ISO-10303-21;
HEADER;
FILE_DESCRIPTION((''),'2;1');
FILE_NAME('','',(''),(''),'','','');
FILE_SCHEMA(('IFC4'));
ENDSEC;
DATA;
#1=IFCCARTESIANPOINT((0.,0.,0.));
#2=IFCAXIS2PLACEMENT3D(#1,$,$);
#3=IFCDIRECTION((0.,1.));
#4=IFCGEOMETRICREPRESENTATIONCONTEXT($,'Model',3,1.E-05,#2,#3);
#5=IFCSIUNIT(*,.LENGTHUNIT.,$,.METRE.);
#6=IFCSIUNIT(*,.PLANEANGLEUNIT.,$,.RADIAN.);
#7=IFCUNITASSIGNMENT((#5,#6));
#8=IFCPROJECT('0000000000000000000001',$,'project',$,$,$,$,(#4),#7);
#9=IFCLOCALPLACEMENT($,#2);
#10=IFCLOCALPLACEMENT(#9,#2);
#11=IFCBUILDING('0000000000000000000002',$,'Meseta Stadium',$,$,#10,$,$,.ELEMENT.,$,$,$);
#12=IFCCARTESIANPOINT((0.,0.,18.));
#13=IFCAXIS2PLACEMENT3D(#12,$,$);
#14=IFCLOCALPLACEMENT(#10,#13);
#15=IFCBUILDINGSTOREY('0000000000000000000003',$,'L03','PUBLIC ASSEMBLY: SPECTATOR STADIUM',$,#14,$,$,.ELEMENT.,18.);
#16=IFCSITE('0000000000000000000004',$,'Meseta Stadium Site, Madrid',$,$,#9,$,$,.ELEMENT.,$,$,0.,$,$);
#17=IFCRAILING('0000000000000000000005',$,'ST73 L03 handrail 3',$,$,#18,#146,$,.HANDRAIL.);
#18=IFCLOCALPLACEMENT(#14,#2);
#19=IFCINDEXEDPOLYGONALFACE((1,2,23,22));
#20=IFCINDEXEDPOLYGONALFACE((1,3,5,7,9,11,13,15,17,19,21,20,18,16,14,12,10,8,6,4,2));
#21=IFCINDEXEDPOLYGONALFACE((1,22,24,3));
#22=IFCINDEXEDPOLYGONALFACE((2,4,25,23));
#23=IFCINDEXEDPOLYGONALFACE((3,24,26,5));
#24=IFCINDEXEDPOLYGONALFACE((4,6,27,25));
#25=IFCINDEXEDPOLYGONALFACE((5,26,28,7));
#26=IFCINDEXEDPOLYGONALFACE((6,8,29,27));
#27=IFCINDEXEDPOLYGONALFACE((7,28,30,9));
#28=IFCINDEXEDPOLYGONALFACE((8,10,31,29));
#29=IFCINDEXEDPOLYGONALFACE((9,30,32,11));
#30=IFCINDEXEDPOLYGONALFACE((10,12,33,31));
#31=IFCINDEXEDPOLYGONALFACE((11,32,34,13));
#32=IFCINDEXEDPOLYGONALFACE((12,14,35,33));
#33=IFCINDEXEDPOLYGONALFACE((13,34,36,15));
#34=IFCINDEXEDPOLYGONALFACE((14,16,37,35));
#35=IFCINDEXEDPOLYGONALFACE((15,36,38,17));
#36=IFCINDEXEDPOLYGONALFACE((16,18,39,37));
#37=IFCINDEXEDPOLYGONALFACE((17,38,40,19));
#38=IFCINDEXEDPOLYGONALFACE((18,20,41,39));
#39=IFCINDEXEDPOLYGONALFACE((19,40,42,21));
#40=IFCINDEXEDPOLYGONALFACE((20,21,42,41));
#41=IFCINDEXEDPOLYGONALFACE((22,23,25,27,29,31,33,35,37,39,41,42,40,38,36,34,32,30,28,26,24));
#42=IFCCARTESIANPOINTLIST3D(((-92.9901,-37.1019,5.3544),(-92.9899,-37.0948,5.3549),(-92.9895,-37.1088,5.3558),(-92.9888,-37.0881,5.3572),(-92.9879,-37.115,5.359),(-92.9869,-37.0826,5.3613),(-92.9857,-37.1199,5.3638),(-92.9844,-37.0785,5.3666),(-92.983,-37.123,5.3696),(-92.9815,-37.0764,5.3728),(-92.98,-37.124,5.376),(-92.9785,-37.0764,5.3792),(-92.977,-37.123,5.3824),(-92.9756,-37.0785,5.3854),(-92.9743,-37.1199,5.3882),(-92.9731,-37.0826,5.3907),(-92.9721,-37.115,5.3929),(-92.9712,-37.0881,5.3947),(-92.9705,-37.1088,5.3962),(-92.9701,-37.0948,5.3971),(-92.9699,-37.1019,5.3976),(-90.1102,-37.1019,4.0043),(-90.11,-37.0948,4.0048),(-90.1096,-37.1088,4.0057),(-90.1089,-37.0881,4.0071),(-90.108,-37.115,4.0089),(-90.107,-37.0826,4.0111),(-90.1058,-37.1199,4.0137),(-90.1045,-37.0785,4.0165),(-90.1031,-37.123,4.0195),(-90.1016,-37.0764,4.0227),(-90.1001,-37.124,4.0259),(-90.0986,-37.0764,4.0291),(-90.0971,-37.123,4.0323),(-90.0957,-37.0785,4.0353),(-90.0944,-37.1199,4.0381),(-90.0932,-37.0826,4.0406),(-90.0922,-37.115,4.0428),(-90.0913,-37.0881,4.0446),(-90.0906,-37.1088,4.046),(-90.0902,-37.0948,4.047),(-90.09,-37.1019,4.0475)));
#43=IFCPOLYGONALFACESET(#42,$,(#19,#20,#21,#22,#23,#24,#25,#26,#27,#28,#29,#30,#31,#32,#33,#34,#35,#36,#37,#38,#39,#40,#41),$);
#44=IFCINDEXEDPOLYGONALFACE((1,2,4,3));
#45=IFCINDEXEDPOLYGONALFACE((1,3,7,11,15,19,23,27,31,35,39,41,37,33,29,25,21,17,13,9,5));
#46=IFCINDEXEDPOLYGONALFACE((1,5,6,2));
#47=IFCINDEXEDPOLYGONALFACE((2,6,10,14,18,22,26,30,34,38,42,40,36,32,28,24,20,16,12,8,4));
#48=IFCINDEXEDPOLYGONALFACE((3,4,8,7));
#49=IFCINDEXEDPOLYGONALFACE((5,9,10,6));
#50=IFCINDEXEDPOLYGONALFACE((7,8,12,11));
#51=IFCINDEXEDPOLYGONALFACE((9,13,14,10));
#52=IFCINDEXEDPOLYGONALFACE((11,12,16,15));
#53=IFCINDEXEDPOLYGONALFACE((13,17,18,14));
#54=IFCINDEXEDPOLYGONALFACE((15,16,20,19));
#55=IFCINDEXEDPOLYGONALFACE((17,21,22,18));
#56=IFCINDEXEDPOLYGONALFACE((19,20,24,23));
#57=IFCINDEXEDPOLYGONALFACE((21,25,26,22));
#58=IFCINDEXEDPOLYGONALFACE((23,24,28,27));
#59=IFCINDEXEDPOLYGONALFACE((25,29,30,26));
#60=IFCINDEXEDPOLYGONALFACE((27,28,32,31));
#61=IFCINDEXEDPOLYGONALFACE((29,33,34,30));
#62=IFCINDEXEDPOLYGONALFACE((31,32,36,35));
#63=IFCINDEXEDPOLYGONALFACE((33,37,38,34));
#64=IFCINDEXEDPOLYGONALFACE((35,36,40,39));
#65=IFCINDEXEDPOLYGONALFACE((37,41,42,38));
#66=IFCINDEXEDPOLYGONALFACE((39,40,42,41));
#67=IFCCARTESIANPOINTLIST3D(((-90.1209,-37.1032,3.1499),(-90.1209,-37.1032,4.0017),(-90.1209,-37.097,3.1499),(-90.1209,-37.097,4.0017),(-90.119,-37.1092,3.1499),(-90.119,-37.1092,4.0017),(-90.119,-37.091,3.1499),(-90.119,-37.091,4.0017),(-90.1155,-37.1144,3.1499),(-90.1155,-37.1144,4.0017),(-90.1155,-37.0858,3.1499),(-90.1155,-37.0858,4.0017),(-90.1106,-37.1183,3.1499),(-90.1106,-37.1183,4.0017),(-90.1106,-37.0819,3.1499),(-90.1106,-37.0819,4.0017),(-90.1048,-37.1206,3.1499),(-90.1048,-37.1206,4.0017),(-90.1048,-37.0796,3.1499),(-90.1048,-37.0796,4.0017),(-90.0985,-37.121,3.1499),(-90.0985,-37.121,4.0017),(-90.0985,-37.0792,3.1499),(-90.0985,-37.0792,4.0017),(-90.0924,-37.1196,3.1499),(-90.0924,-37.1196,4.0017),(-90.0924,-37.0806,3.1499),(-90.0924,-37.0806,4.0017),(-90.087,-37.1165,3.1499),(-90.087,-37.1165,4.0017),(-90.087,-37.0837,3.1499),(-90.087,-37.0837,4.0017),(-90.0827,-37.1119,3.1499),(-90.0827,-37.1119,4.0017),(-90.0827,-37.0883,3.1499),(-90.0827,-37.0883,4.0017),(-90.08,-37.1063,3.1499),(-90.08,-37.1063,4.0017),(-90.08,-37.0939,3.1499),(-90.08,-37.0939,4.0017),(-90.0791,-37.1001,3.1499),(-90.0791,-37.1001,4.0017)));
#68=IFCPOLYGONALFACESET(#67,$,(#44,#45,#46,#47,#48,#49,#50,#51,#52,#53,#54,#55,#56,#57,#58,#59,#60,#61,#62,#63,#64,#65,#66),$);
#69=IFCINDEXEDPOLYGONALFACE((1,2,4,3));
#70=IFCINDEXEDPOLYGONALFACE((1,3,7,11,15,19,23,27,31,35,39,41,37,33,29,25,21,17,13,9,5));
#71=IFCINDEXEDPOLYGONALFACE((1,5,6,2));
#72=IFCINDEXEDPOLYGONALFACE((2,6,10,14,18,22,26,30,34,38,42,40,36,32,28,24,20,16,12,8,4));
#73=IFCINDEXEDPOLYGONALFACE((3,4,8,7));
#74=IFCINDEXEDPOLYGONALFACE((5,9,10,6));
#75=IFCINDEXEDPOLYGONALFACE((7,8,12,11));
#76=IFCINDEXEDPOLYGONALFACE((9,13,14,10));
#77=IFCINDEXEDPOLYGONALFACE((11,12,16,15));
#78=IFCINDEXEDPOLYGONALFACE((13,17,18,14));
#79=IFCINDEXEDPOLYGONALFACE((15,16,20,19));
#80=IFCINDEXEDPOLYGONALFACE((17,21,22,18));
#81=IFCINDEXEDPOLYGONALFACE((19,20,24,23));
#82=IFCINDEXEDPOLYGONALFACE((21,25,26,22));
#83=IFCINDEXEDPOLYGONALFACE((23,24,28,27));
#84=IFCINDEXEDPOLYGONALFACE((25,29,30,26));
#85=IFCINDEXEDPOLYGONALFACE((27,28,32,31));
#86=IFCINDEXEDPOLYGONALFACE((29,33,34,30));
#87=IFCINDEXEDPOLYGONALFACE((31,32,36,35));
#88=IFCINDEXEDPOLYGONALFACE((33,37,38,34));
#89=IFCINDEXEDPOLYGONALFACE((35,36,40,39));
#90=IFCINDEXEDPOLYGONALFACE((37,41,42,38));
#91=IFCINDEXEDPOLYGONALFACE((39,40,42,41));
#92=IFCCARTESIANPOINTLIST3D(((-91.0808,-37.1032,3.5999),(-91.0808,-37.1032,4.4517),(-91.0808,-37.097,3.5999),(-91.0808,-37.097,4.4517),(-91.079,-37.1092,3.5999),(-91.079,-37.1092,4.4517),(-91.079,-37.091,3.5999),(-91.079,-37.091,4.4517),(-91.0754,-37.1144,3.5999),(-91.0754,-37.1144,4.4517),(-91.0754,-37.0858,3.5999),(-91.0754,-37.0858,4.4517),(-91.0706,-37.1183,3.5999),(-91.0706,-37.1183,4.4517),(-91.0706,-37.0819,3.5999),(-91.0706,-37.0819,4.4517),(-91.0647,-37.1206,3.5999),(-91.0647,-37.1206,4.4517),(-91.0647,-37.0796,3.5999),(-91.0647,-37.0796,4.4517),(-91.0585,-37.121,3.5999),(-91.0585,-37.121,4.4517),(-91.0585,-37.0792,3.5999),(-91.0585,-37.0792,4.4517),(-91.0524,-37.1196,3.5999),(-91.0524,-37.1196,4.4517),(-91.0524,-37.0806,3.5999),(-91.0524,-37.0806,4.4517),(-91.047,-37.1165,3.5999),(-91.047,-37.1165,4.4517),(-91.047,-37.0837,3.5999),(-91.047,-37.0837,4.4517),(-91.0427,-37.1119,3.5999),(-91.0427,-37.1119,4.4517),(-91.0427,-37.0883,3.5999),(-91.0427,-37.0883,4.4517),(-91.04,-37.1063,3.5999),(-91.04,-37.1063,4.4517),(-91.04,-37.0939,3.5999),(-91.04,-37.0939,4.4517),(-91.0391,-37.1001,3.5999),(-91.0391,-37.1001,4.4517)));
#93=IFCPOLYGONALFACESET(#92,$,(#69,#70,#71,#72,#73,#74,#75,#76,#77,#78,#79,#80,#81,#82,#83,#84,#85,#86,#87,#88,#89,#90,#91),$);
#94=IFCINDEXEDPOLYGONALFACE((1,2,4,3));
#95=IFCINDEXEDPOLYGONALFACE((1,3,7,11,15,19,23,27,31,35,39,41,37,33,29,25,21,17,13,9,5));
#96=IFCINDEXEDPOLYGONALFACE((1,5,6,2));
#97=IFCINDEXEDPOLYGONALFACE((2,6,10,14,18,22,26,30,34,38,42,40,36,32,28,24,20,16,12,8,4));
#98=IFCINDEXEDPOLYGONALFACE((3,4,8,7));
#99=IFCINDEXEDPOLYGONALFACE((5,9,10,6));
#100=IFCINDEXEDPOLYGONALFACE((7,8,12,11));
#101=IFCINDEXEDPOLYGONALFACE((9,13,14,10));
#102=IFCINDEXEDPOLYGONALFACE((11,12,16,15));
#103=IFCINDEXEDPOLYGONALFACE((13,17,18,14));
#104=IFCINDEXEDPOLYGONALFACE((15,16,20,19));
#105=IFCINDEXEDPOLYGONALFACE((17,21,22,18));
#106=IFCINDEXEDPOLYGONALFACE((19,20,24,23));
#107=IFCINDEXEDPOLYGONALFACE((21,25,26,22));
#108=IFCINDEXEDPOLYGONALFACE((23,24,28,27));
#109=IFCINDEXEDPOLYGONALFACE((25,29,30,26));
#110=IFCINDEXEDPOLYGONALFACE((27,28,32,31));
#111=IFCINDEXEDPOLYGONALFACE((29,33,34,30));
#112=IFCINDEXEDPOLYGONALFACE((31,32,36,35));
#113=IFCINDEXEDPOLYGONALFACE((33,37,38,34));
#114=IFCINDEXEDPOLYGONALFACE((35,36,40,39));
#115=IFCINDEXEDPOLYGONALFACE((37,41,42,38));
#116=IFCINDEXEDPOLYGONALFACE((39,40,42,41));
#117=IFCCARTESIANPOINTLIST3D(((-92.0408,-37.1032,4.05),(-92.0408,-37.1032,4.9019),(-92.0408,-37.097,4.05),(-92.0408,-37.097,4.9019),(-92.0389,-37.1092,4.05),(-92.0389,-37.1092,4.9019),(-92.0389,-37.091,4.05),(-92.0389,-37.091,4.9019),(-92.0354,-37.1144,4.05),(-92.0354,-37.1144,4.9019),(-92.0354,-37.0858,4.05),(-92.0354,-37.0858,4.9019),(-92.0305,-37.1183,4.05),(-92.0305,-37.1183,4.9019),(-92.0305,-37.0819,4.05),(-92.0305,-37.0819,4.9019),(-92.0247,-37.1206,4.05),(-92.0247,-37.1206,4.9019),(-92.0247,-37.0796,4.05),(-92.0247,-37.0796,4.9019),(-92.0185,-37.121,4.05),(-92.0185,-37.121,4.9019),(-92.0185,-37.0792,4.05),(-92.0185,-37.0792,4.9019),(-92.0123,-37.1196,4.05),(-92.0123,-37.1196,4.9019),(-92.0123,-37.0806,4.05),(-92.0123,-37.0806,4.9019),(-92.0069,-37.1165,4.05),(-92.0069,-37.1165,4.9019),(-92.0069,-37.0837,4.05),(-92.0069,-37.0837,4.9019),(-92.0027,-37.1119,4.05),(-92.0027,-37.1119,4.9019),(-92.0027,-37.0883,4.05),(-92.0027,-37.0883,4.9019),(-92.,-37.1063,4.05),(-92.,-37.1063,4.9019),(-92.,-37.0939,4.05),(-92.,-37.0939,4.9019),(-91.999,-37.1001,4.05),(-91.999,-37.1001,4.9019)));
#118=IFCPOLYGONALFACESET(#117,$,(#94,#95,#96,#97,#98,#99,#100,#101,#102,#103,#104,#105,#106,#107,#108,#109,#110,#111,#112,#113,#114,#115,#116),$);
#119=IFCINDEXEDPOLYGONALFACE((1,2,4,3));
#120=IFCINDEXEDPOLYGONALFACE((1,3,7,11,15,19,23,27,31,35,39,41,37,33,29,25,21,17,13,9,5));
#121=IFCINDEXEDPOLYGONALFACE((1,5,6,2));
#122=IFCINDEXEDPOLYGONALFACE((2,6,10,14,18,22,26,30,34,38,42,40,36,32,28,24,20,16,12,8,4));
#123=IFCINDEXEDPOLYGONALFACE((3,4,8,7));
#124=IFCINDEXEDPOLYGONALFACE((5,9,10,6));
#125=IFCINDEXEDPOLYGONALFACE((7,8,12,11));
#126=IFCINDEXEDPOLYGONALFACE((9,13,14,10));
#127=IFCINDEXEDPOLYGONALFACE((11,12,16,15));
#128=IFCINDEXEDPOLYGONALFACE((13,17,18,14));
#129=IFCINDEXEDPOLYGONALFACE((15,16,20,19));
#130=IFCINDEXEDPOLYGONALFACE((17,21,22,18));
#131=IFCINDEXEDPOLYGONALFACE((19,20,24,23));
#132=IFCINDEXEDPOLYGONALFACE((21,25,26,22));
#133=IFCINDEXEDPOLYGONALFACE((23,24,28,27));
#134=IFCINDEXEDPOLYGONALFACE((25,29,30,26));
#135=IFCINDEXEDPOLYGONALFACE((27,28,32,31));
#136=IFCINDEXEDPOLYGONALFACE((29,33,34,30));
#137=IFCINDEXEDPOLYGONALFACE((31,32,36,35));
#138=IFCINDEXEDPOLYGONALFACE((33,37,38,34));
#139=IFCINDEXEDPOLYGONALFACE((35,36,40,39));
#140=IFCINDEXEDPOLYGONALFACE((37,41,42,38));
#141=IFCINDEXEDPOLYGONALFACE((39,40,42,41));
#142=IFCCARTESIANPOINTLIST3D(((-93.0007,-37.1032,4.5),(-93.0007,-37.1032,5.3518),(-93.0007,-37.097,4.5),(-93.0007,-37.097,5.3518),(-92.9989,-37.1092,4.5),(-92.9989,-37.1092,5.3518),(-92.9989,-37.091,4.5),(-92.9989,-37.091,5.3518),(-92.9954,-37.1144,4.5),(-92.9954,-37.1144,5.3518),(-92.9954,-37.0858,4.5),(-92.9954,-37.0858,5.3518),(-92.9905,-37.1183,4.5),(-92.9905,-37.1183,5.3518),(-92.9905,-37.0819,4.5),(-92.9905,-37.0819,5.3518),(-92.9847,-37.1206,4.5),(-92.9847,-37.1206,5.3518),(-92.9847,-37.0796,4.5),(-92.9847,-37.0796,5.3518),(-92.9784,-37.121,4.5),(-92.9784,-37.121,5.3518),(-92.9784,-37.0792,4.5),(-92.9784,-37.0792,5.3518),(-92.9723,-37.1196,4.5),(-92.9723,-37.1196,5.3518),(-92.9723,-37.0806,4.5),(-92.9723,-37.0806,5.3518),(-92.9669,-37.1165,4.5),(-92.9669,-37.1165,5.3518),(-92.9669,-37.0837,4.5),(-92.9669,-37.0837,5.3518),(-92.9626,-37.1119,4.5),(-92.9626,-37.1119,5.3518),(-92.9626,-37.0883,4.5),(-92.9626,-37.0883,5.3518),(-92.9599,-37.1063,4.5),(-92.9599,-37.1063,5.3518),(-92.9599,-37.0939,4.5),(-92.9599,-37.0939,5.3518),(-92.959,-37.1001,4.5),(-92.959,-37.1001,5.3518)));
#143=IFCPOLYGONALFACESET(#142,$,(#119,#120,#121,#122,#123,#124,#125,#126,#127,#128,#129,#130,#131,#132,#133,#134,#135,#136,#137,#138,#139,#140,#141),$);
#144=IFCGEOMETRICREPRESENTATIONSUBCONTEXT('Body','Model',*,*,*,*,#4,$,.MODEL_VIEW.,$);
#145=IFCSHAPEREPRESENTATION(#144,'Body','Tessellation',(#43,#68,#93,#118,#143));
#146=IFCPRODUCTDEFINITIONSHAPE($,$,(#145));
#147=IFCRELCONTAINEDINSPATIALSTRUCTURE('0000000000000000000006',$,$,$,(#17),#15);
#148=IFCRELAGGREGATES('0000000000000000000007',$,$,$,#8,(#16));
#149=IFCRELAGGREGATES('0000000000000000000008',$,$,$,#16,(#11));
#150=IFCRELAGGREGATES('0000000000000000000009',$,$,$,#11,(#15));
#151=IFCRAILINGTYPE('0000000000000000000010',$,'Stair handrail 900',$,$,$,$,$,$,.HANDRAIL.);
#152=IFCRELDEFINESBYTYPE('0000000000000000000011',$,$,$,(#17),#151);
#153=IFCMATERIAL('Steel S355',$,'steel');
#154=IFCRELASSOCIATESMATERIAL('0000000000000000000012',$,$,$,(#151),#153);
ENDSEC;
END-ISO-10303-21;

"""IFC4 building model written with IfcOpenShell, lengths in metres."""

from ifc_helpers import new_model, si_unit, direction, frame, origin, origin_2d, place, context, subcontext, project, spatial, circle, extrude, material, type_object, element, save


model = new_model("IFC4")

# Units and contexts
model_context = context("Model", 3, precision=1e-05, world=origin(), true_north=direction((0.0, 1.0)))
body_context = subcontext(model_context, "Body", "Model", "MODEL_VIEW")
ifc_project = project(units=[si_unit("LENGTHUNIT", "METRE"), si_unit("PLANEANGLEUNIT", "RADIAN")], contexts=[model_context])

# Site, building, storey
site_placement = place(None, origin())
site = spatial("IfcSite", under=ifc_project, at=site_placement, Name="Meseta Stadium Site, Madrid", CompositionType="ELEMENT", RefElevation=0.0)
building_placement = place(site_placement, origin())
building = spatial("IfcBuilding", under=site, at=building_placement, Name="Meseta Stadium", CompositionType="ELEMENT")
storey_placement = place(building_placement, frame((0.0, 0.0, 18.0)))
storey = spatial("IfcBuildingStorey", under=building, at=storey_placement, Name="L03", Description="PUBLIC ASSEMBLY: SPECTATOR STADIUM", CompositionType="ELEMENT", Elevation=18.0)

# Railing
ifc_material_1 = material(Name="Steel S355", Category="steel")
railing_type_1 = type_object("IfcRailingType", Name="Stair handrail 900", PredefinedType="HANDRAIL", material=ifc_material_1)
for number, where, name in (
    (1, (-90.1001, -37.1001, 3.1499), "ST73 L03 handrail 3"),
):
    element("IfcRailing", number, at=place(storey_placement, frame(where)), inside=storey, type_object=railing_type_1, Name=name, PredefinedType="HANDRAIL", context=body_context, shape_type="SweptSolid", body=[
        extrude(circle(Radius=0.0239, at=origin_2d()), frame((0.0, 0.0, 0.876), z_axis=(-0.90544, 0.0, 0.424473), x_axis=(0.0, -1.0, 0.0)), (0.0, 0.0, 1.0), 3.1807),
        extrude(circle(Radius=0.021, at=origin_2d()), origin(), (0.0, 0.0, 1.0), 0.8518),
        extrude(circle(Radius=0.021, at=origin_2d()), frame((-0.96, 0.0, 0.45)), (0.0, 0.0, 1.0), 0.8518),
        extrude(circle(Radius=0.021, at=origin_2d()), frame((-1.9199, 0.0, 0.9001)), (0.0, 0.0, 1.0), 0.8518),
        extrude(circle(Radius=0.021, at=origin_2d()), frame((-2.8799, 0.0, 1.3501)), (0.0, 0.0, 1.0), 0.8518),
    ])

save(model, "model.ifc")
